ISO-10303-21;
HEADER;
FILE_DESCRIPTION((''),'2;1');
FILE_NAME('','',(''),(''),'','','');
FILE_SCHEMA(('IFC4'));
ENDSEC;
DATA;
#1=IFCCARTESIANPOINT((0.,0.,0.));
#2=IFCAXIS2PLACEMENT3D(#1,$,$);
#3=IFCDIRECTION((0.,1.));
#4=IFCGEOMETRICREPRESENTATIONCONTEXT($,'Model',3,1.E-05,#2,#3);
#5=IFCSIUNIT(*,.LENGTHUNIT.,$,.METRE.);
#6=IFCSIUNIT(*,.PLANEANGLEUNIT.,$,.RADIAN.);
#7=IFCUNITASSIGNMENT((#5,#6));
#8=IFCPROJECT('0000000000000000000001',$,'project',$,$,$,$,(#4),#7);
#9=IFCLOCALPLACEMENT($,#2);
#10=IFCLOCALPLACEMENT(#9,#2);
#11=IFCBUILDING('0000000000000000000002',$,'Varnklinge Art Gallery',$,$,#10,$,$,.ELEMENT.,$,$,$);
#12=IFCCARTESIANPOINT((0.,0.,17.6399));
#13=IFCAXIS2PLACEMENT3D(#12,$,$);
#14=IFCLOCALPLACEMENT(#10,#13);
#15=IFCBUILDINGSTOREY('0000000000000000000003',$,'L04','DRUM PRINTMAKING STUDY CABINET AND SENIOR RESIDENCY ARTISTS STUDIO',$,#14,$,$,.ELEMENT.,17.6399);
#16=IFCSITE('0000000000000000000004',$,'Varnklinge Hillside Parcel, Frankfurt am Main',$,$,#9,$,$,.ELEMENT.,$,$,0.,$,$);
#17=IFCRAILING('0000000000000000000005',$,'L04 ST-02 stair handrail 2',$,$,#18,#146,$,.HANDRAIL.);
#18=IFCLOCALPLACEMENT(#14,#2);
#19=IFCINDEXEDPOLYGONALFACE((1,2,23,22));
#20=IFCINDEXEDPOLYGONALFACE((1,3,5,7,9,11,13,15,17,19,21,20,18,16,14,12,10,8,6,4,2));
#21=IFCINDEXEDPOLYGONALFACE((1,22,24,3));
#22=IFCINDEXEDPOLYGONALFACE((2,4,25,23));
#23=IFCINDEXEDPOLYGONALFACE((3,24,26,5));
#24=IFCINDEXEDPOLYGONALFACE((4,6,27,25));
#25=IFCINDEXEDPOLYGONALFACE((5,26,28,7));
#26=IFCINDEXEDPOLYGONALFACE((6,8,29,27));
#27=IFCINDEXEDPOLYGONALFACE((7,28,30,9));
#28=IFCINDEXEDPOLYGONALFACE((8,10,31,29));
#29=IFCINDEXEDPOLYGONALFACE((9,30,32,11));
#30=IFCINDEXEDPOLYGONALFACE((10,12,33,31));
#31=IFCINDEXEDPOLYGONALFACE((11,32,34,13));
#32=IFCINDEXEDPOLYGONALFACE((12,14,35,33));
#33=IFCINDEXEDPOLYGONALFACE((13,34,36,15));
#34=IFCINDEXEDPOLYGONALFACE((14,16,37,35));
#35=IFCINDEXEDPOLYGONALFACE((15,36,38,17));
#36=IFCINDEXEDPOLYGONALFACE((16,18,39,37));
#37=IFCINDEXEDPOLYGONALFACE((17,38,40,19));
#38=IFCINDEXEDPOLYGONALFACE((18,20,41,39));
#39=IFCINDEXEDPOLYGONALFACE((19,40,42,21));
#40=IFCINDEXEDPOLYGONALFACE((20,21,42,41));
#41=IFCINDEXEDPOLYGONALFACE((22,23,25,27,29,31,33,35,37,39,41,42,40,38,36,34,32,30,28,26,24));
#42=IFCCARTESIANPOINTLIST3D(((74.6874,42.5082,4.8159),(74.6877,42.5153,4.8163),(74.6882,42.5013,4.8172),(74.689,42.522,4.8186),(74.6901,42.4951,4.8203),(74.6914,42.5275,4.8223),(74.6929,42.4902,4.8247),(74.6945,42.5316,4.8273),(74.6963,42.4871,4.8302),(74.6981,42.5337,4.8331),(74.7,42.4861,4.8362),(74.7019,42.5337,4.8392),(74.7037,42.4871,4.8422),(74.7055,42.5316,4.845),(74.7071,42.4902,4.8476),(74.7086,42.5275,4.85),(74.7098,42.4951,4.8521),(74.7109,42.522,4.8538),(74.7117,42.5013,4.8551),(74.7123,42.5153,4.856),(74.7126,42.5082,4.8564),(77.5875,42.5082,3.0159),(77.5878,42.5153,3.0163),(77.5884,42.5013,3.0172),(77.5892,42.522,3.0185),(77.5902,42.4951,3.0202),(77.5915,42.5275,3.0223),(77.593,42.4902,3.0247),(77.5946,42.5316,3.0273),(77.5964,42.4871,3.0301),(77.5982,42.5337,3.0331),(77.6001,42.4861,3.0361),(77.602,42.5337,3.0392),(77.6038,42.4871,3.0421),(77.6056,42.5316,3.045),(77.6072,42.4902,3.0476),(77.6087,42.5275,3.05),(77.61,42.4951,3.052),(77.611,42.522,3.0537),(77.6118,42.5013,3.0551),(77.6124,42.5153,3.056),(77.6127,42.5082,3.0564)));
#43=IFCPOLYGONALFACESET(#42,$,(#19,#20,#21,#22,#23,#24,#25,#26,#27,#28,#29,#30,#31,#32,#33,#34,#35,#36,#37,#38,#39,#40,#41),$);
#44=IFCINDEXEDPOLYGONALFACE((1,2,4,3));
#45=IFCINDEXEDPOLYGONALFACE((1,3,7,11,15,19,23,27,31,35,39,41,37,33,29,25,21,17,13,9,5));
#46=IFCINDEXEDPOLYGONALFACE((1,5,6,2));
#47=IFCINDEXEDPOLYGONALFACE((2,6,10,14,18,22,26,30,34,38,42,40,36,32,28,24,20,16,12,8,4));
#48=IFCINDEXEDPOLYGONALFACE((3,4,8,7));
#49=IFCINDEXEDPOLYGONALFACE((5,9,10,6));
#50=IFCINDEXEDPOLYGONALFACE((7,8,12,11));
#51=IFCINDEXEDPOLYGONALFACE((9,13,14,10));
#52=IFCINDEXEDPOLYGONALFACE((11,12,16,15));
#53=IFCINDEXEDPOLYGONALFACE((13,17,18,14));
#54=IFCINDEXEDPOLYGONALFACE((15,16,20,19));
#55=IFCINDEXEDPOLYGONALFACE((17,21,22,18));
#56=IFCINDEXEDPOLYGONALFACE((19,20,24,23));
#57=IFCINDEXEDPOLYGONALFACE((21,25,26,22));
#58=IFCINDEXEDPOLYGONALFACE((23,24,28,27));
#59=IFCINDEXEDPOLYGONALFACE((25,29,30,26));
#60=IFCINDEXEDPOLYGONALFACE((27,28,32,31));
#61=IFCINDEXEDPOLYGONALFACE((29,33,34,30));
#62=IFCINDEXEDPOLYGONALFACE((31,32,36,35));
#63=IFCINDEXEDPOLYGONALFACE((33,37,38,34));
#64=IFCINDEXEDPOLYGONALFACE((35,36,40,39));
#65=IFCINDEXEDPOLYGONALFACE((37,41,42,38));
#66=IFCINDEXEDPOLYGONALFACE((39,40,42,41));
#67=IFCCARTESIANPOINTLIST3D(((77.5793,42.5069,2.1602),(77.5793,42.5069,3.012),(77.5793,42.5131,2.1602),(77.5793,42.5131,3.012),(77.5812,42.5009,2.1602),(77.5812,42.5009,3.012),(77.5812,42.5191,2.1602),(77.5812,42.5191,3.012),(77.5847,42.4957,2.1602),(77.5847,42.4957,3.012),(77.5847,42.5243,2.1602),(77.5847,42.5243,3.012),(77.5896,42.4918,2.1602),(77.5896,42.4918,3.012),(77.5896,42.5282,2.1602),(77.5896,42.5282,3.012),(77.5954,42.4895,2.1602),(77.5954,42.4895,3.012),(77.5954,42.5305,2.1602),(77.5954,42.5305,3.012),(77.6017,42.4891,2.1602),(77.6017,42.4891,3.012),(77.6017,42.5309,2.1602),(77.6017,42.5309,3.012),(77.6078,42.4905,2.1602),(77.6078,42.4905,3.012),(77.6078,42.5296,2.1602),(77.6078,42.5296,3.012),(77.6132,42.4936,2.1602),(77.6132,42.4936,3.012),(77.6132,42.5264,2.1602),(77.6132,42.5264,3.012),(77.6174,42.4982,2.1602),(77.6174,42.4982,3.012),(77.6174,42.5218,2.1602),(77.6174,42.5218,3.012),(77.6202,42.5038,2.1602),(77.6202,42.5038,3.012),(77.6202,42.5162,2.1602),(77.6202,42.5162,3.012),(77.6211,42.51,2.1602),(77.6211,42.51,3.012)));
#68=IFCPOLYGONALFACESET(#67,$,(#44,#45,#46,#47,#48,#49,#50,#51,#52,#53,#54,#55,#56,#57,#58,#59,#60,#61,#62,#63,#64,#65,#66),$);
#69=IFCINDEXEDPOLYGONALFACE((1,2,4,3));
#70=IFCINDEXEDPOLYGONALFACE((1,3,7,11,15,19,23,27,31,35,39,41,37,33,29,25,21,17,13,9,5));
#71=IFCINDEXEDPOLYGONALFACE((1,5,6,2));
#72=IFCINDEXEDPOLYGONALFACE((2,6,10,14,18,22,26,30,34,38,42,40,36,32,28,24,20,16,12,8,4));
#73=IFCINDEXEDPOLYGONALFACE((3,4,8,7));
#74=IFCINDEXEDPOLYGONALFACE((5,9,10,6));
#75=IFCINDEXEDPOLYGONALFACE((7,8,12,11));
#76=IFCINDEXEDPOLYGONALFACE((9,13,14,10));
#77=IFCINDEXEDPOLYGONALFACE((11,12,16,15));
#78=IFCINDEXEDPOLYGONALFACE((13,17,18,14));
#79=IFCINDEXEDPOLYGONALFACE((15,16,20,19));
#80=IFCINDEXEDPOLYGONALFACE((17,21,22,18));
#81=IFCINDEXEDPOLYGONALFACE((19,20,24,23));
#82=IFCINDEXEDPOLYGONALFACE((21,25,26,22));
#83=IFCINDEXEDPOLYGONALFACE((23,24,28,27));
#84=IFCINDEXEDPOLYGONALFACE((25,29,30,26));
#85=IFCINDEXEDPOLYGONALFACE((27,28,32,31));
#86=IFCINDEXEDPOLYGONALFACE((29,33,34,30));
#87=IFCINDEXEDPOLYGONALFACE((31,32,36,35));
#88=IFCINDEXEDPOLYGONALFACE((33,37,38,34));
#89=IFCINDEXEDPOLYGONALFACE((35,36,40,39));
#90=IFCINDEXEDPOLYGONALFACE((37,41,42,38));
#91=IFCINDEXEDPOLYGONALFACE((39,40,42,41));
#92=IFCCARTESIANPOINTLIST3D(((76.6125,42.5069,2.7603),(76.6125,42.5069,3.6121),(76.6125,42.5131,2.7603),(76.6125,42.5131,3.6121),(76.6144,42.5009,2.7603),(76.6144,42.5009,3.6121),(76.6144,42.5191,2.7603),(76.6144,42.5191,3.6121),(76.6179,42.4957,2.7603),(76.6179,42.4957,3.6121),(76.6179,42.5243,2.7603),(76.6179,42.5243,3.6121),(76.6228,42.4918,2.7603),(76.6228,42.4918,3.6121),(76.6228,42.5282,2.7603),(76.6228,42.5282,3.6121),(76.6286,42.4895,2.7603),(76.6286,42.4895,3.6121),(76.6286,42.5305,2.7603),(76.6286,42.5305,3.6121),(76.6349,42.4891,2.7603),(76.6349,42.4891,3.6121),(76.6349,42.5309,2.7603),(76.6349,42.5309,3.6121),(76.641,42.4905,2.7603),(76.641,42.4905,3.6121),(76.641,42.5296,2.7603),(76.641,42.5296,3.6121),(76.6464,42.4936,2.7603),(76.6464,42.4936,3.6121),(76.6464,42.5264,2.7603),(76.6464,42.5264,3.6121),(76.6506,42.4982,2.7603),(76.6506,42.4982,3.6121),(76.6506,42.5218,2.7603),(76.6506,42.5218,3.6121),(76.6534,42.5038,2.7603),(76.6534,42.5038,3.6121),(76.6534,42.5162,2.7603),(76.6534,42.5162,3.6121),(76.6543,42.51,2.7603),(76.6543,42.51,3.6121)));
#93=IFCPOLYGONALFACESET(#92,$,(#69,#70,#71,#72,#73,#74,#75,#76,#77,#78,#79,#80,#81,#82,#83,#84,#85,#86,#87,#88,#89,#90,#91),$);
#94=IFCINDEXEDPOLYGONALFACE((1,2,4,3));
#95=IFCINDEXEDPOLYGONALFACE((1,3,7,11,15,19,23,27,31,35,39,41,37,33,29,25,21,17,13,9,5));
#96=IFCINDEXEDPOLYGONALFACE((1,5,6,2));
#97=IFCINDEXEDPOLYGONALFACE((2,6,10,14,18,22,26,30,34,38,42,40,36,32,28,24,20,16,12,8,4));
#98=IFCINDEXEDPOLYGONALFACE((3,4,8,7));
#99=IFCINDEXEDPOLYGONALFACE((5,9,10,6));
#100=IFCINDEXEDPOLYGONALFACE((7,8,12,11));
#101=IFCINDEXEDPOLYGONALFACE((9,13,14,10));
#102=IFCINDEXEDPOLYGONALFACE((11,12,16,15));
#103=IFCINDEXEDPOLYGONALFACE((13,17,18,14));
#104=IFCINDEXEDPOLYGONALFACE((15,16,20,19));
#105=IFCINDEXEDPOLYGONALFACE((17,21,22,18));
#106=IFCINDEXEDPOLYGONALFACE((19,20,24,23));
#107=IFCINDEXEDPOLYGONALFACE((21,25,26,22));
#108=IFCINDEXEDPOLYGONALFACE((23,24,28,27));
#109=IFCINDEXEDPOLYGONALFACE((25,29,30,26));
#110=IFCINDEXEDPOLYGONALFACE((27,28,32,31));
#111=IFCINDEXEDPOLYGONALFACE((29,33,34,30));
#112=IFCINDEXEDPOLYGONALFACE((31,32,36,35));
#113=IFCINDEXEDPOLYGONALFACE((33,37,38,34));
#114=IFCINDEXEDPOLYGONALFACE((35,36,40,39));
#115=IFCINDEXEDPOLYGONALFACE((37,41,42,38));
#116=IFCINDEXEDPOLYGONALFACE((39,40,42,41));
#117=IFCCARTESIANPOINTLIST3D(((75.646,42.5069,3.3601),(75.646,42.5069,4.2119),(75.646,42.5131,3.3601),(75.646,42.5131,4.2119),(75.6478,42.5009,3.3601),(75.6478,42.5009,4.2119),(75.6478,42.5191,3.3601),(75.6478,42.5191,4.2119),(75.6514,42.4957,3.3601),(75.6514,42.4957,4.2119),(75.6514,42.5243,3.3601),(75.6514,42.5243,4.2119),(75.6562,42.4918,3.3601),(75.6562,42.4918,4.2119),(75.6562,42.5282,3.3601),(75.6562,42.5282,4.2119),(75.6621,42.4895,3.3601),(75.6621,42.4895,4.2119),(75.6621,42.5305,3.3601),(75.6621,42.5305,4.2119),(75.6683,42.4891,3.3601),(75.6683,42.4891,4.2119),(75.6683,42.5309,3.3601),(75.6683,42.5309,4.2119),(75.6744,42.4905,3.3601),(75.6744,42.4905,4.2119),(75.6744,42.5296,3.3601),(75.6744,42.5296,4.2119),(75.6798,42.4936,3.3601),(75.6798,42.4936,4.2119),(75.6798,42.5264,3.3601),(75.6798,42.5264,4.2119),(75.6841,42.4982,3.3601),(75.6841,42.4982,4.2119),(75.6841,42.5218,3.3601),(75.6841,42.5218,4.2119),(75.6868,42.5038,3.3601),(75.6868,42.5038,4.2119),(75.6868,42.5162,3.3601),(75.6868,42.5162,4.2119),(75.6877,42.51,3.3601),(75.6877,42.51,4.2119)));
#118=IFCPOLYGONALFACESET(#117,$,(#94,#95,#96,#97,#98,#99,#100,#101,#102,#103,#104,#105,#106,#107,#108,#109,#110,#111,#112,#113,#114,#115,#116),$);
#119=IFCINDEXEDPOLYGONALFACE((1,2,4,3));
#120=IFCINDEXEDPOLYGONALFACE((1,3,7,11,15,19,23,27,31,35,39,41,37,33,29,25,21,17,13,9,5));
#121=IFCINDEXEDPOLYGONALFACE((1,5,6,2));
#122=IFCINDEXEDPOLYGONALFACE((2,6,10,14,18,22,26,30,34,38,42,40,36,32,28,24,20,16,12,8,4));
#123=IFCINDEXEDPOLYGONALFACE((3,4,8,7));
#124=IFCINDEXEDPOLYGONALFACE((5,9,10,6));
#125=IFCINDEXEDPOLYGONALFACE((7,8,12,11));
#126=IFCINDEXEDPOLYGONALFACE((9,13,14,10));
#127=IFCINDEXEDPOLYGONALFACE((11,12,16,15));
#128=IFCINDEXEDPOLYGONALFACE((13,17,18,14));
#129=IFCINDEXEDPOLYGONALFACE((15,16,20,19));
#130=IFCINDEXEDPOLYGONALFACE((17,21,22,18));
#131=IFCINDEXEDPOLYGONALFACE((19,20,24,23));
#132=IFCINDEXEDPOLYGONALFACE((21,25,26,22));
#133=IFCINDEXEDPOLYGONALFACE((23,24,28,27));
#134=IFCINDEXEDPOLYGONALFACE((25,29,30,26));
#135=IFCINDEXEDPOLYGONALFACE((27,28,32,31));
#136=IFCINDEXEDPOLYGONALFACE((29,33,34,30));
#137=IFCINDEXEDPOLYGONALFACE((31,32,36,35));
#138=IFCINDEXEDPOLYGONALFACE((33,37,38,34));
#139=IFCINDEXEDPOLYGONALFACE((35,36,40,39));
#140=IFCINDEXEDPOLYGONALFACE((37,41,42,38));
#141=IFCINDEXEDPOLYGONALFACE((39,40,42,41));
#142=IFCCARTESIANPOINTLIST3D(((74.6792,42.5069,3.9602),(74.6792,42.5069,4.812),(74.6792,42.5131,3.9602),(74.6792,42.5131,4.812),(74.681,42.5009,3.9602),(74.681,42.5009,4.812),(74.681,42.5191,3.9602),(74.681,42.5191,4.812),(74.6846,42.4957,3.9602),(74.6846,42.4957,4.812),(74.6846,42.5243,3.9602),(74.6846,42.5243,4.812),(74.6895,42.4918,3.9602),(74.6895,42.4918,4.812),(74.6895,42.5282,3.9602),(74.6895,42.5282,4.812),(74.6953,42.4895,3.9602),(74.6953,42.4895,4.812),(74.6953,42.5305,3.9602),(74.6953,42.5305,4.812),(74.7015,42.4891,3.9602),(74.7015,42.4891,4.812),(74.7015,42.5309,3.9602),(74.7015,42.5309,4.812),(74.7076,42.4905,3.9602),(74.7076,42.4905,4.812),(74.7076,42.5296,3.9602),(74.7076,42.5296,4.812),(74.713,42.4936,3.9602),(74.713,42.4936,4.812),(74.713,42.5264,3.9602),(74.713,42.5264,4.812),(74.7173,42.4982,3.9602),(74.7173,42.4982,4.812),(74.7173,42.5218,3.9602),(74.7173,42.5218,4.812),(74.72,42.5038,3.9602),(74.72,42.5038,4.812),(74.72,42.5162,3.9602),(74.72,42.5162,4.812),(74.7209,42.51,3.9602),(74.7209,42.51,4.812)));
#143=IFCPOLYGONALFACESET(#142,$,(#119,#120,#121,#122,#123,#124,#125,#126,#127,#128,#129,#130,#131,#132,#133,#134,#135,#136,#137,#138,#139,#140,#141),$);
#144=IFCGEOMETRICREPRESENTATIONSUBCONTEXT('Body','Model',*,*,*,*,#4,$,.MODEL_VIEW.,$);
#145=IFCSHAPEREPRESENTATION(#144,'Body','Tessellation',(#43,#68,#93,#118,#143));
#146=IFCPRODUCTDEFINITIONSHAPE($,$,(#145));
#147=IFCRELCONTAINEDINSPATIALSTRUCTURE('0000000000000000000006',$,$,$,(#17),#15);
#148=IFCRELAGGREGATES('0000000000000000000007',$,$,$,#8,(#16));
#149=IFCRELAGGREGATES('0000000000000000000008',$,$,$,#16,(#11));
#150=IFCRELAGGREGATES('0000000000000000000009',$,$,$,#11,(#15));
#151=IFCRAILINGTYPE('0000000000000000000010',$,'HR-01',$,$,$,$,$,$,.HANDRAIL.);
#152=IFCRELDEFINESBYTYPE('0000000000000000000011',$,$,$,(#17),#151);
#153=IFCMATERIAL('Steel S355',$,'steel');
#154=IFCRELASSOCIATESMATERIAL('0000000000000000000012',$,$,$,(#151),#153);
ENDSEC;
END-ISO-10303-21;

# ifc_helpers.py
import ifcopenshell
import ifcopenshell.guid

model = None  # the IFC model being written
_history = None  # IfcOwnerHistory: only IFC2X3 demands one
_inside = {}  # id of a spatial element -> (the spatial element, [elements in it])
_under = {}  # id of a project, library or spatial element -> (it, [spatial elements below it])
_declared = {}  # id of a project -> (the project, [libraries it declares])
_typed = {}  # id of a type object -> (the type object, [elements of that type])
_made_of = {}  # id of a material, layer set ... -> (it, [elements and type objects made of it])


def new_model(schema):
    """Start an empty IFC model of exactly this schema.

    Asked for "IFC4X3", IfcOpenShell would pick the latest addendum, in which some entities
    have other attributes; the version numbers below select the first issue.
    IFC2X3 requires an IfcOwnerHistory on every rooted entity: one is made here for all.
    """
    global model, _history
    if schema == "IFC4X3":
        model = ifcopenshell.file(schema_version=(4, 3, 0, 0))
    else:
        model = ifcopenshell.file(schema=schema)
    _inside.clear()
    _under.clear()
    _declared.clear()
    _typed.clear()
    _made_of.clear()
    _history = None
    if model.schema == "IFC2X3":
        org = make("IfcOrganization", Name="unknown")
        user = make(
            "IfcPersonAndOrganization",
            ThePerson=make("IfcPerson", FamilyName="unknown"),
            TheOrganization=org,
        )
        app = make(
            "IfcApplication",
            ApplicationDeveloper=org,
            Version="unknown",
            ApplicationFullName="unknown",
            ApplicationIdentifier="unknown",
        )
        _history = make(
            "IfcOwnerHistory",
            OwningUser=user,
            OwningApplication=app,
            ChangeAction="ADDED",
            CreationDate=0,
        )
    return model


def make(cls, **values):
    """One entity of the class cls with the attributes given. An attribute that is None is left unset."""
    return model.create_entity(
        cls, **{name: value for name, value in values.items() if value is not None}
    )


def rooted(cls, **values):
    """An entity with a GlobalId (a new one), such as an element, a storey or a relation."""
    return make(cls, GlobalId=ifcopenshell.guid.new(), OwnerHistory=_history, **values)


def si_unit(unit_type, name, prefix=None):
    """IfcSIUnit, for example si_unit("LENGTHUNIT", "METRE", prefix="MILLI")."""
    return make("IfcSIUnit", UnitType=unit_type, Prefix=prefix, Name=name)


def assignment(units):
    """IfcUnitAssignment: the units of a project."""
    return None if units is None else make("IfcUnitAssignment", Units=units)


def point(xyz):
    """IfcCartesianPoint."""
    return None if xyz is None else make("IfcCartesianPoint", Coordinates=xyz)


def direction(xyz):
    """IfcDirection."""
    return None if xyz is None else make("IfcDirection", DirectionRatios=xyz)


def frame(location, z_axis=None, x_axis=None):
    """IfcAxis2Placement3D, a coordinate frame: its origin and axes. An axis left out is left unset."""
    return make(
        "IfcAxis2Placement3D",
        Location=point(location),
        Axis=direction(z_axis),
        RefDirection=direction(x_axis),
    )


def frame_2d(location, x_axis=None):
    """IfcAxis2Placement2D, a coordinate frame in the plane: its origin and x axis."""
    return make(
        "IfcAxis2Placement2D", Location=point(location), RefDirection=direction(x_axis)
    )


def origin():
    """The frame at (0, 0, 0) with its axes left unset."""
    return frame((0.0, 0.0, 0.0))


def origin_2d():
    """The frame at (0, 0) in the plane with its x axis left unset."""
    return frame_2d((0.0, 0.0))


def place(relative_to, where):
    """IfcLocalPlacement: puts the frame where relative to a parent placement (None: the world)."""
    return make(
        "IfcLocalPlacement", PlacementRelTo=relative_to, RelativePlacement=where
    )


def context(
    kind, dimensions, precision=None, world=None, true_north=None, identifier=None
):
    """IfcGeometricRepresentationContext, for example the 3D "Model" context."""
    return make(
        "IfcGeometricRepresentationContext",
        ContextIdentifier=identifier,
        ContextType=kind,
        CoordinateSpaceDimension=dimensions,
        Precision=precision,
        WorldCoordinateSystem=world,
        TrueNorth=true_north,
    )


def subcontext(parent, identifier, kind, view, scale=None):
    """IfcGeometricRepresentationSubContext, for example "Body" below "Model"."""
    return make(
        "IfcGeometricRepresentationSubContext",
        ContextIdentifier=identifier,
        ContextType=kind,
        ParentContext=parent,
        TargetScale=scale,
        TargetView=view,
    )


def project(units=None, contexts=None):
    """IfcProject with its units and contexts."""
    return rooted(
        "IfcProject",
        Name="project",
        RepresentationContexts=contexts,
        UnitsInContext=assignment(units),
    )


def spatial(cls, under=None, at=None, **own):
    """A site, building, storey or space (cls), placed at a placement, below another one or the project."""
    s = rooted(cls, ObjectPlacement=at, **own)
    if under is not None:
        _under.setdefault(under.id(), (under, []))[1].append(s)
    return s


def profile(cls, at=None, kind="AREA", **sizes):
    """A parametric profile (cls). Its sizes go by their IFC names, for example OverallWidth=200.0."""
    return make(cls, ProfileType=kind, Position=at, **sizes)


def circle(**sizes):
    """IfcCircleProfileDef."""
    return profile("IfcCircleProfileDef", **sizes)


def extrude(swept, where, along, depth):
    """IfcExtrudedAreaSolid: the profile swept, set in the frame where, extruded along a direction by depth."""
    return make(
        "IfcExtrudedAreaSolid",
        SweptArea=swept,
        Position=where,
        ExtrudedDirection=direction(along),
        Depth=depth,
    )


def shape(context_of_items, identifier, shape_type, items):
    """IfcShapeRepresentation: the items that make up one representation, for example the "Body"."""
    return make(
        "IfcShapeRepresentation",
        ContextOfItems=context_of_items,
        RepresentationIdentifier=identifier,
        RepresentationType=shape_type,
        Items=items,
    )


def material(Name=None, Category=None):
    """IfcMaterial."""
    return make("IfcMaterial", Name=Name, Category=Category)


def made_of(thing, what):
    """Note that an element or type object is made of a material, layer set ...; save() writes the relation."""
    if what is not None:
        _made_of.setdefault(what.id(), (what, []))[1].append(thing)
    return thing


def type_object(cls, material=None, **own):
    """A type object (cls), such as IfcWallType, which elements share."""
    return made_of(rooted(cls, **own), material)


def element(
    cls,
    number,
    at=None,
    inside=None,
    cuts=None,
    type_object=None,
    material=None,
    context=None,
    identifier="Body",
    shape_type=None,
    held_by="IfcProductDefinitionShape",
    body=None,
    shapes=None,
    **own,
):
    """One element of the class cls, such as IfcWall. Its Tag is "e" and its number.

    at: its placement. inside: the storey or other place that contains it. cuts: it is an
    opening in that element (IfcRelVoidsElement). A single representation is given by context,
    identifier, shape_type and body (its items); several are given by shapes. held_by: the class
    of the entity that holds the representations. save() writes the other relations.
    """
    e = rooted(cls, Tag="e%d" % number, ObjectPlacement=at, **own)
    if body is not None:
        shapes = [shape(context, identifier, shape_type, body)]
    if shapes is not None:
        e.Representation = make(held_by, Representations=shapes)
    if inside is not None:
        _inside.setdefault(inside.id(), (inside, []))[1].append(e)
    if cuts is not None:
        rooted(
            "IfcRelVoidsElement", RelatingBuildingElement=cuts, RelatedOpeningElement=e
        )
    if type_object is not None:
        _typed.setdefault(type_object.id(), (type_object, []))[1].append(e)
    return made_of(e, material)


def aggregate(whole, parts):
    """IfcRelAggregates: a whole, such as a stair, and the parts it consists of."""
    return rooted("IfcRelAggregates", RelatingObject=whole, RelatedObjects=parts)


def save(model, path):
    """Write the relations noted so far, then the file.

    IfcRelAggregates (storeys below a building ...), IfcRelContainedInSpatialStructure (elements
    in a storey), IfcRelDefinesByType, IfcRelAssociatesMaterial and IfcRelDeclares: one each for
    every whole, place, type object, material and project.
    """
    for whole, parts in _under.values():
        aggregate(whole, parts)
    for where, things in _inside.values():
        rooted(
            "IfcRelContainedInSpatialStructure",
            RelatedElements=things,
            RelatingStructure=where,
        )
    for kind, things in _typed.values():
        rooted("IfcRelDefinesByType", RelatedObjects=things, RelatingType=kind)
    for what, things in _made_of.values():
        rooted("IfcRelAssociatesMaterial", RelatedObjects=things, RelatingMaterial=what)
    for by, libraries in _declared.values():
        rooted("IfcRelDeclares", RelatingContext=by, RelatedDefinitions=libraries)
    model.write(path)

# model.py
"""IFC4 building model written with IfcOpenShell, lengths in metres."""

from ifc_helpers import new_model, si_unit, direction, frame, origin, origin_2d, place, context, subcontext, project, spatial, circle, extrude, material, type_object, element, save


model = new_model("IFC4")

# Units and contexts
model_context = context("Model", 3, precision=1e-05, world=origin(), true_north=direction((0.0, 1.0)))
body_context = subcontext(model_context, "Body", "Model", "MODEL_VIEW")
ifc_project = project(units=[si_unit("LENGTHUNIT", "METRE"), si_unit("PLANEANGLEUNIT", "RADIAN")], contexts=[model_context])

# Site, building, storey
site_placement = place(None, origin())
site = spatial("IfcSite", under=ifc_project, at=site_placement, Name="Varnklinge Hillside Parcel, Frankfurt am Main", CompositionType="ELEMENT", RefElevation=0.0)
building_placement = place(site_placement, origin())
building = spatial("IfcBuilding", under=site, at=building_placement, Name="Varnklinge Art Gallery", CompositionType="ELEMENT")
storey_placement = place(building_placement, frame((0.0, 0.0, 17.6399)))
storey = spatial("IfcBuildingStorey", under=building, at=storey_placement, Name="L04", Description="DRUM PRINTMAKING STUDY CABINET AND SENIOR RESIDENCY ARTISTS STUDIO", CompositionType="ELEMENT", Elevation=17.6399)

# Railing
ifc_material_1 = material(Name="Steel S355", Category="steel")
railing_type_1 = type_object("IfcRailingType", Name="HR-01", PredefinedType="HANDRAIL", material=ifc_material_1)
railing_1_placement = place(storey_placement, frame((77.6001, 42.51, 2.1602)))
element("IfcRailing", 1, at=railing_1_placement, inside=storey, type_object=railing_type_1, Name="L04 ST-02 stair handrail 2", PredefinedType="HANDRAIL", context=body_context, shape_type="SweptSolid", body=[
    extrude(circle(Radius=0.0239, at=origin_2d()), frame((0.0, 0.0, 0.876), z_axis=(-0.849646, 0.0, 0.527354), x_axis=(0.0, -1.0, 0.0)), (0.0, 0.0, 1.0), 3.4133),
    extrude(circle(Radius=0.021, at=origin_2d()), origin(), (0.0, 0.0, 1.0), 0.8518),
    extrude(circle(Radius=0.021, at=origin_2d()), frame((-0.9668, 0.0, 0.6001)), (0.0, 0.0, 1.0), 0.8518),
    extrude(circle(Radius=0.021, at=origin_2d()), frame((-1.9333, 0.0, 1.2)), (0.0, 0.0, 1.0), 0.8518),
    extrude(circle(Radius=0.021, at=origin_2d()), frame((-2.9001, 0.0, 1.8)), (0.0, 0.0, 1.0), 0.8518),
])

save(model, "model.ifc")
